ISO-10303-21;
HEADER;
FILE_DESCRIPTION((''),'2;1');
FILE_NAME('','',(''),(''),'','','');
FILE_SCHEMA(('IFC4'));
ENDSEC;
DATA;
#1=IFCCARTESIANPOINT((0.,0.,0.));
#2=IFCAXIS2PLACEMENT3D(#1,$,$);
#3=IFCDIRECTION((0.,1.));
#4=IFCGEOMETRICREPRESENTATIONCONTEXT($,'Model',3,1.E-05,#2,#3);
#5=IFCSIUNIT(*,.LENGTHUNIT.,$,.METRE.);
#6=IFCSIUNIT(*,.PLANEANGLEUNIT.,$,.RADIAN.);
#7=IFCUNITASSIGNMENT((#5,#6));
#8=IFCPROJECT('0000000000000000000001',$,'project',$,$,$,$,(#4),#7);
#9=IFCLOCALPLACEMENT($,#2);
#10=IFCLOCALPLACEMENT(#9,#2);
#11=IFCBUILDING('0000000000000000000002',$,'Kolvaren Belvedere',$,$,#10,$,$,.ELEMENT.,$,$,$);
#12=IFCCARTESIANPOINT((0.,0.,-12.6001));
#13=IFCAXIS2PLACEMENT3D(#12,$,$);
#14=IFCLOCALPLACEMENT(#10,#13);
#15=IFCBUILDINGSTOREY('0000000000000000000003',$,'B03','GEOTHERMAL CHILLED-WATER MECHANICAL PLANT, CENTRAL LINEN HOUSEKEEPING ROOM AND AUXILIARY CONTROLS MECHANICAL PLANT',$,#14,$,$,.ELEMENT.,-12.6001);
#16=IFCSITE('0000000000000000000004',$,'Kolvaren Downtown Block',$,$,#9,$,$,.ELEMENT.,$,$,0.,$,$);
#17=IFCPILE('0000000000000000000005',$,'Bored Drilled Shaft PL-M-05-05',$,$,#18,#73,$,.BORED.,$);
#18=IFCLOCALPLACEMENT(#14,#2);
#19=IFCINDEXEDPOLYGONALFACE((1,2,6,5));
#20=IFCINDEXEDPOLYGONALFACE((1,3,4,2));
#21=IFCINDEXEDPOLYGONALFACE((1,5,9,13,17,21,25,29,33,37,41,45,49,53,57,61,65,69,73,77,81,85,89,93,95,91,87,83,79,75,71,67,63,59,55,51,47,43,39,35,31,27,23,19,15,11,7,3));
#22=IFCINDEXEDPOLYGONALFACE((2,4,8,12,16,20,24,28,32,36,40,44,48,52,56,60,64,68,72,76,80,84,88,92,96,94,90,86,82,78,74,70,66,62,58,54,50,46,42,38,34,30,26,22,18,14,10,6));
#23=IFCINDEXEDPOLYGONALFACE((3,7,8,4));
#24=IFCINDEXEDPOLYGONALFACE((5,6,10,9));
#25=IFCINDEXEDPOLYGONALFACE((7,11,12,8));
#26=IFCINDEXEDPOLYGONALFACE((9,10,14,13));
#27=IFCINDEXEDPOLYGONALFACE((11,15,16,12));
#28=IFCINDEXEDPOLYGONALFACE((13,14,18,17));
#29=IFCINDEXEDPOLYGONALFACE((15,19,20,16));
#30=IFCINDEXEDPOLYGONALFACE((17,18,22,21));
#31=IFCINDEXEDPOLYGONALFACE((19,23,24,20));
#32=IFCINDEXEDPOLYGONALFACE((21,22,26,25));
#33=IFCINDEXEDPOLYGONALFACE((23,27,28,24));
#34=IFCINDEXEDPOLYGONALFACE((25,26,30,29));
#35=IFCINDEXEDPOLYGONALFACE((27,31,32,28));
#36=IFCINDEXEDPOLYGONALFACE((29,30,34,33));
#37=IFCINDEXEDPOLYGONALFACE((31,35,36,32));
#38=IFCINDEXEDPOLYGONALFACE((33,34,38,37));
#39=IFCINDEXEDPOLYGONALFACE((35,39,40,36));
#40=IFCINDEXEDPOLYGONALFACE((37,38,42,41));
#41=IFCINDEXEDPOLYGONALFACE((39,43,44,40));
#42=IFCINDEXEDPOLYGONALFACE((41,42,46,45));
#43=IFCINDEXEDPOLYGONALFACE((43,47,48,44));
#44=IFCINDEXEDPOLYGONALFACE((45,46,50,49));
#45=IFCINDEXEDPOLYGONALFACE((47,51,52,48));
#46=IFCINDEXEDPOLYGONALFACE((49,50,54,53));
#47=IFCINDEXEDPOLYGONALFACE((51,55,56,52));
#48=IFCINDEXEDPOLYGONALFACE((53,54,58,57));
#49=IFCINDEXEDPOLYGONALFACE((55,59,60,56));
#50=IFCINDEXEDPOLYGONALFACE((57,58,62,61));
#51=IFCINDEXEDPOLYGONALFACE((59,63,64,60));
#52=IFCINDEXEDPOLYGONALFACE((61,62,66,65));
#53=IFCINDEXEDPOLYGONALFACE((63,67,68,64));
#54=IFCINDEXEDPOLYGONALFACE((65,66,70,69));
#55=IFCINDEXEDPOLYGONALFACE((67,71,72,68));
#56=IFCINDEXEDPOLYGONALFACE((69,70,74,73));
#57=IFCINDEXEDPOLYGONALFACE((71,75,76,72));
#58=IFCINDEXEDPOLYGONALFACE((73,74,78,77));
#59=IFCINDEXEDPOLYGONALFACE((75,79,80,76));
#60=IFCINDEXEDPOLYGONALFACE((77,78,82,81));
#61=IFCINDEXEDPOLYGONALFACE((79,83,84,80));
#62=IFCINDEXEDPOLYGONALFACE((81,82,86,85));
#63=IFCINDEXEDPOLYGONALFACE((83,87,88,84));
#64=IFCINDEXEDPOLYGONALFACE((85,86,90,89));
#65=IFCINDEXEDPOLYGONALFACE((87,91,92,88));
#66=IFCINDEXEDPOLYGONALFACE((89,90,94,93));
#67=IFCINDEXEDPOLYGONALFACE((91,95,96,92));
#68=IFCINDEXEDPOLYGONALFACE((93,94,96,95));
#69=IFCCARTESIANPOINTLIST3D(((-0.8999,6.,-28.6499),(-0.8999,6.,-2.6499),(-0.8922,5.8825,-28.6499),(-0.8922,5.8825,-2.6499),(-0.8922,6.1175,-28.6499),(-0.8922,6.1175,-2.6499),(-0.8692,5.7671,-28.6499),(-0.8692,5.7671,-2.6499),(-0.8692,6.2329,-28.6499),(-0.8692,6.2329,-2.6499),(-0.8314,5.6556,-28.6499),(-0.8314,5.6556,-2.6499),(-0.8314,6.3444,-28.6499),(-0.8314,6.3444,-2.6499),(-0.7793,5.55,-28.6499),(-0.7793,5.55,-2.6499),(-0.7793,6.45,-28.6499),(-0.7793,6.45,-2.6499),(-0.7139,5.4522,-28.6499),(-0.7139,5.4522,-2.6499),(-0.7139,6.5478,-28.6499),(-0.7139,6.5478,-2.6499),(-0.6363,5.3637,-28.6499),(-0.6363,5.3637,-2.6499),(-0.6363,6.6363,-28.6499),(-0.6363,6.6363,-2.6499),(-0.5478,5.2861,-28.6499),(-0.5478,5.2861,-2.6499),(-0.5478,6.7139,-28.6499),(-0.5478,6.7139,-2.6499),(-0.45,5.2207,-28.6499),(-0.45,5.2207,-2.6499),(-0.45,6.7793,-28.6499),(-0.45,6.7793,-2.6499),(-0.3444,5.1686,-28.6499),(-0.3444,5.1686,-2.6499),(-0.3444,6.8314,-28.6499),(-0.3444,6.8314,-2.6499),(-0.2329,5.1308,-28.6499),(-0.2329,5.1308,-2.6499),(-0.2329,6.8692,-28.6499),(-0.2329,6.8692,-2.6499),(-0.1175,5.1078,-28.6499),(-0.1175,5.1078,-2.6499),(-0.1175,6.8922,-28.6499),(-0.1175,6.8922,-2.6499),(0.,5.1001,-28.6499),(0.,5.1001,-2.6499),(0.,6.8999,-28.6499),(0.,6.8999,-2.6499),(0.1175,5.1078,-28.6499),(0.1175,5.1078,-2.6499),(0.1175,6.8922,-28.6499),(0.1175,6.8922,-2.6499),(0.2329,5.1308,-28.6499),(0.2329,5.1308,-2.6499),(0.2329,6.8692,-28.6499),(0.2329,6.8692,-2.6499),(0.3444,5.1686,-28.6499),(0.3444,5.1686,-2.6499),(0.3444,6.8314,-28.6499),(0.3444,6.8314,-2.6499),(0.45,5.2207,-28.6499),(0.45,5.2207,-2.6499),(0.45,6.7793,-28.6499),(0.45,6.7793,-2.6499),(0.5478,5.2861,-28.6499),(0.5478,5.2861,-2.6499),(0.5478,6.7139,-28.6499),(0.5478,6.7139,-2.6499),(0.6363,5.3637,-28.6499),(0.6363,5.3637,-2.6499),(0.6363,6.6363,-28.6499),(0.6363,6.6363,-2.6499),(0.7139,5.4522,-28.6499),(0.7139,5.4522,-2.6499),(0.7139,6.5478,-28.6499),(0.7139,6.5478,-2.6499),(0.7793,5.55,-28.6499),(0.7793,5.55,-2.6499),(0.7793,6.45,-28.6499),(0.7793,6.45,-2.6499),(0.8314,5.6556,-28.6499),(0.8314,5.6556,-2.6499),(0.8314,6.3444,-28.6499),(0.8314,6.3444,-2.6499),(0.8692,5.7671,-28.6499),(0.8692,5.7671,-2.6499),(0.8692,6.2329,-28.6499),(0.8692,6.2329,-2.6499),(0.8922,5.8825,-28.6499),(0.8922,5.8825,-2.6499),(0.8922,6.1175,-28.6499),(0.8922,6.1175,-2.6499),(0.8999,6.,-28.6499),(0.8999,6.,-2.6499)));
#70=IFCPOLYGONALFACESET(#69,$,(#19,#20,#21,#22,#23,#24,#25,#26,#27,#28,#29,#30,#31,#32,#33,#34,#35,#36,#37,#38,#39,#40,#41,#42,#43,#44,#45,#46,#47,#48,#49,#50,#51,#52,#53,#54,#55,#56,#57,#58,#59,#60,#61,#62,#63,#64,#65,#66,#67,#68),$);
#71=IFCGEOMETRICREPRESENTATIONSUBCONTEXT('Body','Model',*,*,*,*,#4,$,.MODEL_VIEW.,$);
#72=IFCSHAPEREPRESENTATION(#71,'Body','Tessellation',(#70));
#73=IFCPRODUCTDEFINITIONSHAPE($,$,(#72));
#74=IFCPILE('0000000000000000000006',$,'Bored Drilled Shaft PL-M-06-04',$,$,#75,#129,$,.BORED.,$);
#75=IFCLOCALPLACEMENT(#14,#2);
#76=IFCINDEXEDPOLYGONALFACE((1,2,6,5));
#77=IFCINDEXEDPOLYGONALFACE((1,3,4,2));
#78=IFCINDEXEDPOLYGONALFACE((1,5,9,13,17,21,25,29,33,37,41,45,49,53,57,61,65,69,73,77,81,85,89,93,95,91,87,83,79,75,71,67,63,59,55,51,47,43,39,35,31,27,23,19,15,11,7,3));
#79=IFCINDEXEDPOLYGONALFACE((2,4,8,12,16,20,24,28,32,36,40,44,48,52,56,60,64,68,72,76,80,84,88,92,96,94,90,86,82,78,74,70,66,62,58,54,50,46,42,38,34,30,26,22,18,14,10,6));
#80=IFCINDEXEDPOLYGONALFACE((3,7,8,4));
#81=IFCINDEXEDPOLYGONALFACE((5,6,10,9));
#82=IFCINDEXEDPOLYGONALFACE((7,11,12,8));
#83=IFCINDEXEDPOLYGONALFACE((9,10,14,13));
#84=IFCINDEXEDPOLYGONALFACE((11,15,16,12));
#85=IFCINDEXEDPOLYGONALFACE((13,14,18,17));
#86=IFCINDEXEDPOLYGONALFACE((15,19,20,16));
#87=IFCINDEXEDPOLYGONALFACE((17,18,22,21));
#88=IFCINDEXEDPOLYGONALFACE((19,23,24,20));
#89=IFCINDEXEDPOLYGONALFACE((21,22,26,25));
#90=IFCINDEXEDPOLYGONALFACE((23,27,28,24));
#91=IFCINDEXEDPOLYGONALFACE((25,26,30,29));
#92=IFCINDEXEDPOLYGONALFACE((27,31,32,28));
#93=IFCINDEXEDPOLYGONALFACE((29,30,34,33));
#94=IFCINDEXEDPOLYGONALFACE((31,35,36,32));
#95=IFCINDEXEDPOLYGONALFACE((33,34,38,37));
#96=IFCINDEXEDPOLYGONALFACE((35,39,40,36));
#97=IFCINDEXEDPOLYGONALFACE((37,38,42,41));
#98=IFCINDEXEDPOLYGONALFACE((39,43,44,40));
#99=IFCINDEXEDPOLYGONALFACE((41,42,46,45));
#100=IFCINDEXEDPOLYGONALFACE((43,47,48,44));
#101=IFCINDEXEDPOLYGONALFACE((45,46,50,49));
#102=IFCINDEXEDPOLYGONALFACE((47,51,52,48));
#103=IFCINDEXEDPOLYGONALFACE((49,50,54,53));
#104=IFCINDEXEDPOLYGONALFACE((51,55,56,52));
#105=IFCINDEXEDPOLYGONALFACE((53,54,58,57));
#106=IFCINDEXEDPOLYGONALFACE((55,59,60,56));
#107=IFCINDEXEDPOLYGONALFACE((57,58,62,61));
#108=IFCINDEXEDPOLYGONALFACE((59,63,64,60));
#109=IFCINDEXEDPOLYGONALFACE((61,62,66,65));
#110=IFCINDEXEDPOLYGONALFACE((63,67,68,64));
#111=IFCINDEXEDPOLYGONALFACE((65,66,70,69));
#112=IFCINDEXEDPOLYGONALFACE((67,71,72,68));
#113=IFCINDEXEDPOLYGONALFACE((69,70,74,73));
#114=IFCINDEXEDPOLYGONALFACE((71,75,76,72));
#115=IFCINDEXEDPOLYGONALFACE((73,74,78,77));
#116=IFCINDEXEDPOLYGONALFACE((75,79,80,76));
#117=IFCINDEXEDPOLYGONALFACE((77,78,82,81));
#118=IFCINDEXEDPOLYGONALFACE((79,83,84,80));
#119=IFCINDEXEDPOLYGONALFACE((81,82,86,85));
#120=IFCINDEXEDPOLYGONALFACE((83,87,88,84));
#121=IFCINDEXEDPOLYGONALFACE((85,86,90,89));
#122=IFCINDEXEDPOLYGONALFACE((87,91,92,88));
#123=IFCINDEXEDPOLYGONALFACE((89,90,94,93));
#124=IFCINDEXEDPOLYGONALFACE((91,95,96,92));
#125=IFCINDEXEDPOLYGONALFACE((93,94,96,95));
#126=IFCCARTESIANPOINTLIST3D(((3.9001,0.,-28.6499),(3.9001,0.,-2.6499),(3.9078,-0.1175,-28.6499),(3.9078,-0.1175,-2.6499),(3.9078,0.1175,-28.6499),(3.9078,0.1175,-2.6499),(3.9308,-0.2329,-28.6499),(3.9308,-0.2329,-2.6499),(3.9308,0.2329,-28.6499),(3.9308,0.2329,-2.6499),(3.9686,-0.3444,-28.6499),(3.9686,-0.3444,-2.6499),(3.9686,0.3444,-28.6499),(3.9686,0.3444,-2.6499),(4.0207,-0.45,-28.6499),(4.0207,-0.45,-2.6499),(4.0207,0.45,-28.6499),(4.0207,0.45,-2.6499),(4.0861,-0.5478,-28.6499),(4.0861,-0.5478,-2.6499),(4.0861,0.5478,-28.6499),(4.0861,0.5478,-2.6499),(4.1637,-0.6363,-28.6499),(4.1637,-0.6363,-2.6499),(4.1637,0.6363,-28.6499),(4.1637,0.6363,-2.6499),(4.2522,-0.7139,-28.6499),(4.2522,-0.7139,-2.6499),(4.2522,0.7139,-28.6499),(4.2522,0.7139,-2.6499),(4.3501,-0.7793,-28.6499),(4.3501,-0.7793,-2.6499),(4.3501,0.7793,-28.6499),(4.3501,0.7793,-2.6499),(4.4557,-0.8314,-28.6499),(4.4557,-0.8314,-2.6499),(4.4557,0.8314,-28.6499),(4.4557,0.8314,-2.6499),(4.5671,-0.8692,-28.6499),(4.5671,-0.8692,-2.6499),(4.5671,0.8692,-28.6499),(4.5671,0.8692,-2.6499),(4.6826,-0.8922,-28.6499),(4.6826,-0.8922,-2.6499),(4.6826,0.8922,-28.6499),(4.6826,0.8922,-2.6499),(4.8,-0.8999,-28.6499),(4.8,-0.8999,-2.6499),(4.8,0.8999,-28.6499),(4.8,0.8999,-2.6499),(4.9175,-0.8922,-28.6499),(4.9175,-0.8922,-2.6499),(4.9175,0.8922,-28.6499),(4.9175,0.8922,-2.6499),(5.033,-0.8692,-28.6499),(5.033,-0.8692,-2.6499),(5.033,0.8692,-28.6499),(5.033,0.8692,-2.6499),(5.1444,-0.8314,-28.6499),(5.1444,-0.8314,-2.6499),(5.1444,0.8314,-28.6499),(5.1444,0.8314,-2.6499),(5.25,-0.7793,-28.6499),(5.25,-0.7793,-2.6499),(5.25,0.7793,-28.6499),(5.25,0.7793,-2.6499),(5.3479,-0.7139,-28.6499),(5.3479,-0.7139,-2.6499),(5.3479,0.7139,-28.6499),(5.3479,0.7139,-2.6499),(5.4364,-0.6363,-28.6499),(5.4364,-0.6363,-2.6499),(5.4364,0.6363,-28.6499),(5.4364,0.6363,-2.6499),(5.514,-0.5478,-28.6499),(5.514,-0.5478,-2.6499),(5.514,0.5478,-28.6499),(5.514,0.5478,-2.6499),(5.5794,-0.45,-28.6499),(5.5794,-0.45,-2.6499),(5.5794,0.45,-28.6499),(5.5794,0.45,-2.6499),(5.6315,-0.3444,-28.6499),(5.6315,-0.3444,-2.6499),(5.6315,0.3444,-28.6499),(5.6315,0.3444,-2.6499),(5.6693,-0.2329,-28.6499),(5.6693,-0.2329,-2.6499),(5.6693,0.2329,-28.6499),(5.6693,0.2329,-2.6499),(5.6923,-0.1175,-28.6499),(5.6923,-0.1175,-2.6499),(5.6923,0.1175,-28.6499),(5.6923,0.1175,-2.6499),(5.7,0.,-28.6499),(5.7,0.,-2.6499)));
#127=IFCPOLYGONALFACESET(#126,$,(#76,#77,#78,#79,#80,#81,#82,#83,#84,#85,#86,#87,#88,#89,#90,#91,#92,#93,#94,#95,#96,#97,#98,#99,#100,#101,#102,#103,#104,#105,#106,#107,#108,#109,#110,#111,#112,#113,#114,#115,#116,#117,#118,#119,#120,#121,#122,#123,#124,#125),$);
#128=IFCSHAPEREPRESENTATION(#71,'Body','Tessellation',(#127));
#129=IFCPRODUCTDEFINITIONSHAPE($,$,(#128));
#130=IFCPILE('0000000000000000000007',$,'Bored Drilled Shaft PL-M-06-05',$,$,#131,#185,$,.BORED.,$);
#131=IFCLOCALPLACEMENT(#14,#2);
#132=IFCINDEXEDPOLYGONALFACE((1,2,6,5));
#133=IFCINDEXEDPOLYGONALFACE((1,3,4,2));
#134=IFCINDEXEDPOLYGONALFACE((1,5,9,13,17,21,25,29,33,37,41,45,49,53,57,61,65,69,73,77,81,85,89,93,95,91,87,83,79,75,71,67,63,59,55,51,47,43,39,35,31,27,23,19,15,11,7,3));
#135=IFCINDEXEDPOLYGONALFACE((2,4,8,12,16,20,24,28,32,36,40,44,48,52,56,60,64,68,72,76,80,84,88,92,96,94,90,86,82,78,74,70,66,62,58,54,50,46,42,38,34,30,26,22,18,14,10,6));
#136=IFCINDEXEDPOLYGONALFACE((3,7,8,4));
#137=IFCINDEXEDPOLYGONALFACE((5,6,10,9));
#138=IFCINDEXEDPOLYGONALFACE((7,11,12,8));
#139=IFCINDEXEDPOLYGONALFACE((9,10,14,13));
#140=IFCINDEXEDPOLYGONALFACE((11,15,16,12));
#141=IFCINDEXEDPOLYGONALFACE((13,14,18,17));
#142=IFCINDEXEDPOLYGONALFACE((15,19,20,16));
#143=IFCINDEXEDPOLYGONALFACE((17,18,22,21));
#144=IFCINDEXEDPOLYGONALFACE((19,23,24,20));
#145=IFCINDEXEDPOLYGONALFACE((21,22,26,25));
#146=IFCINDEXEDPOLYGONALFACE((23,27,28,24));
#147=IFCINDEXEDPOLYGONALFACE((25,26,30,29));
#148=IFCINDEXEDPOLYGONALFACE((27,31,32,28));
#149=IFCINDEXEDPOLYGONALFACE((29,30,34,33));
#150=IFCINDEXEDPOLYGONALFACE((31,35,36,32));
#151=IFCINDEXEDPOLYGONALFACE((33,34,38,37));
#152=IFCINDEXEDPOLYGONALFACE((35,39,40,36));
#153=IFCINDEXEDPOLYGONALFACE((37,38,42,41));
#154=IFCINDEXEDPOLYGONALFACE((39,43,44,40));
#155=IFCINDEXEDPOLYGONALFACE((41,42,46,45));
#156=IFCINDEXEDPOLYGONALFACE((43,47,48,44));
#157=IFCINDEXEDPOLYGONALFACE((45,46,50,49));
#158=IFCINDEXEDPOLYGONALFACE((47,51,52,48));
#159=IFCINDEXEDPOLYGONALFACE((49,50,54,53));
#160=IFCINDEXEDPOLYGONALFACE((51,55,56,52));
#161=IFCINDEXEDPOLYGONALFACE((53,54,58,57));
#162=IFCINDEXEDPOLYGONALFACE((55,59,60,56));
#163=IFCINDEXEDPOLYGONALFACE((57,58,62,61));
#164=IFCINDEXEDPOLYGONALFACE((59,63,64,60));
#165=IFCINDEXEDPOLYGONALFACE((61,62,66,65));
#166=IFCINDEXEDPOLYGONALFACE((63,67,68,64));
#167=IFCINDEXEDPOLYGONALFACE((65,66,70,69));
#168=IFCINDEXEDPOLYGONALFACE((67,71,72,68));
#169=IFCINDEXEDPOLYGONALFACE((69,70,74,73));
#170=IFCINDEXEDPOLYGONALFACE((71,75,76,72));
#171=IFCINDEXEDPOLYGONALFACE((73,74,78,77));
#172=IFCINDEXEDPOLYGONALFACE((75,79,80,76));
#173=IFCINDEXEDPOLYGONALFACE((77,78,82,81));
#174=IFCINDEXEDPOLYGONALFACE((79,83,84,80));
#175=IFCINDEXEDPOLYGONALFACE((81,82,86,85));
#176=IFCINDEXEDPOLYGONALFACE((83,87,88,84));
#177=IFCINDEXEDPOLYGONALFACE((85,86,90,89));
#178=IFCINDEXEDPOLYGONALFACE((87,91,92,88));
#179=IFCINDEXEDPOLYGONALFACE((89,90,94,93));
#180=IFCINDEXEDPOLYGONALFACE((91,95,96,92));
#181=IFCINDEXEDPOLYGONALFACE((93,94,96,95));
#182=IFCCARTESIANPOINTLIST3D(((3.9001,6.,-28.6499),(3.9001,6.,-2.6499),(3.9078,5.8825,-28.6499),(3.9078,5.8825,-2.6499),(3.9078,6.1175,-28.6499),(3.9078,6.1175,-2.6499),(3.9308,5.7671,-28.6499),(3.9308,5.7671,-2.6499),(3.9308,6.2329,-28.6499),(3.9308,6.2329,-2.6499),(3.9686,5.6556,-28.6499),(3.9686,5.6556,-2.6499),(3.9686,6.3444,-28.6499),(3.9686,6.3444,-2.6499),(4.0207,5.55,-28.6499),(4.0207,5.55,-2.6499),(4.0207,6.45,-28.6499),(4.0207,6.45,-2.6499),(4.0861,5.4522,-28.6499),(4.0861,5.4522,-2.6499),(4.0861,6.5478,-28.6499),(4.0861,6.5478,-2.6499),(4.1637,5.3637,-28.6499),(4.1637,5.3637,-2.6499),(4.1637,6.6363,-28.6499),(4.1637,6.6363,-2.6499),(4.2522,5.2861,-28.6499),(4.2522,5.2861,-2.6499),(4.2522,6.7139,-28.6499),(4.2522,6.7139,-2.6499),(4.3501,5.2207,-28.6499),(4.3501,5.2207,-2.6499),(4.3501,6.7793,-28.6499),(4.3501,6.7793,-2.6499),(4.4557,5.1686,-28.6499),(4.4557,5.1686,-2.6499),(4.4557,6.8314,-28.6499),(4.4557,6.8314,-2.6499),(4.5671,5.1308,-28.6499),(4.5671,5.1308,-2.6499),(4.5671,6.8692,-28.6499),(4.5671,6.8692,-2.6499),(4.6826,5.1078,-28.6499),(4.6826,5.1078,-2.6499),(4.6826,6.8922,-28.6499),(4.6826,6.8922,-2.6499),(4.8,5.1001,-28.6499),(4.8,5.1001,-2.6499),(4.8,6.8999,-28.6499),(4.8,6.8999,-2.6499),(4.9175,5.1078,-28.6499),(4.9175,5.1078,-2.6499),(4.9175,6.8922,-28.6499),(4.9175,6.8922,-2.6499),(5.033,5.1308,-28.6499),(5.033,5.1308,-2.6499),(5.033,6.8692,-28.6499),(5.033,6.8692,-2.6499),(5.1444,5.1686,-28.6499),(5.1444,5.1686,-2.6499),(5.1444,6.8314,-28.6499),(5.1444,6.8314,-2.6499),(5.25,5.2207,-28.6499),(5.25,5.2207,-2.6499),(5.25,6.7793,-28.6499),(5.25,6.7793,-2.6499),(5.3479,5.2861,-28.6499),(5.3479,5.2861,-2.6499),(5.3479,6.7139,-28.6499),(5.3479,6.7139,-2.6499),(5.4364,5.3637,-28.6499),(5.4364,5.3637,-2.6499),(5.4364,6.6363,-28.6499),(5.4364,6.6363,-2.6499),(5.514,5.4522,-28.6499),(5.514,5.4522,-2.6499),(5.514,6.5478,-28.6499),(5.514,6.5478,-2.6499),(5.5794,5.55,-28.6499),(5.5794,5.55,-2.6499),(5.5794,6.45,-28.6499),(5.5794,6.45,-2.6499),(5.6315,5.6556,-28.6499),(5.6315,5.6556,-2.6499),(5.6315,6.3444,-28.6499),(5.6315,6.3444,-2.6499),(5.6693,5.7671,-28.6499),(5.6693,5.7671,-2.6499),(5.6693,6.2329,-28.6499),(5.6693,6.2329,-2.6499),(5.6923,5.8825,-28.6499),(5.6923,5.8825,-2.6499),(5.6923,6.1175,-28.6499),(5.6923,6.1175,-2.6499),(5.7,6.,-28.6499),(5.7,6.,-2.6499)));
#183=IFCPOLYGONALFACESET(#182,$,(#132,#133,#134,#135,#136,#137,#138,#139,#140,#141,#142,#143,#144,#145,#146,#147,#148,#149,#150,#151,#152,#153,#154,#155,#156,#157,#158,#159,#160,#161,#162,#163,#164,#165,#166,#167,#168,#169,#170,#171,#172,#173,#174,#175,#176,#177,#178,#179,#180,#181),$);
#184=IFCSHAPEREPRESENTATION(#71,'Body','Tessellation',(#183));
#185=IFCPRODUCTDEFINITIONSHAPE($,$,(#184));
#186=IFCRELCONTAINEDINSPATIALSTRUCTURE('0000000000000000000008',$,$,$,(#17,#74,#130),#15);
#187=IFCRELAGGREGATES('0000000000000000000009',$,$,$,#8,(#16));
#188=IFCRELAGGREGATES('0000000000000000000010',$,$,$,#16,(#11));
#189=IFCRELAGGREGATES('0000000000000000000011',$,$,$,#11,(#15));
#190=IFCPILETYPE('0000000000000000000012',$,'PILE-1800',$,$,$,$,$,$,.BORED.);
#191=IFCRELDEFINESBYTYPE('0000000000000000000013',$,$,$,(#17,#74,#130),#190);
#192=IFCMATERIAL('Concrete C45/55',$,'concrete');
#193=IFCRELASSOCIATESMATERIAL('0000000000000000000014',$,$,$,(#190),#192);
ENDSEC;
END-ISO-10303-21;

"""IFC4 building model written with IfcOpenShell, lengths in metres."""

from ifc_helpers import new_model, si_unit, direction, frame, origin, origin_2d, place, context, subcontext, project, spatial, circle, extrude, material, material_profile, profile_set, type_object, element, save


model = new_model("IFC4")

# Units and contexts
model_context = context("Model", 3, precision=1e-05, world=origin(), true_north=direction((0.0, 1.0)))
body_context = subcontext(model_context, "Body", "Model", "MODEL_VIEW")
ifc_project = project(units=[si_unit("LENGTHUNIT", "METRE"), si_unit("PLANEANGLEUNIT", "RADIAN")], contexts=[model_context])

# Site, building, storey
site_placement = place(None, origin())
site = spatial("IfcSite", under=ifc_project, at=site_placement, Name="Kolvaren Downtown Block", CompositionType="ELEMENT", RefElevation=0.0)
building_placement = place(site_placement, origin())
building = spatial("IfcBuilding", under=site, at=building_placement, Name="Kolvaren Belvedere", CompositionType="ELEMENT")
storey_placement = place(building_placement, frame((0.0, 0.0, -12.6001)))
storey = spatial("IfcBuildingStorey", under=building, at=storey_placement, Name="B03", Description="GEOTHERMAL CHILLED-WATER MECHANICAL PLANT, CENTRAL LINEN HOUSEKEEPING ROOM AND AUXILIARY CONTROLS MECHANICAL PLANT", CompositionType="ELEMENT", Elevation=-12.6001)

# Piles
ifc_material_1 = material(Name="Concrete C45/55", Category="concrete")
ifc_material_profile = material_profile(ifc_material_1, circle(Radius=0.8999, at=origin_2d()), Name="BORED PILE D1800")
ifc_profile_set = profile_set([ifc_material_profile], Name="Concrete C45/55")
pile_type = type_object("IfcPileType", Name="PILE-1800", PredefinedType="BORED", material=ifc_profile_set)
for number, where, z_axis, x_axis, name in (
    (1, (0.0, 6.0, -2.6499), (0.0, 0.0, -1.0), (1.0, 0.0, 0.0), "Bored Drilled Shaft PL-M-05-05"),
    (2, (4.8, 0.0, -2.6499), (0.0, 0.0, -1.0), (1.0, 0.0, 0.0), "Bored Drilled Shaft PL-M-06-04"),
    (3, (4.8, 6.0, -2.6499), (0.0, 0.0, -1.0), (1.0, 0.0, 0.0), "Bored Drilled Shaft PL-M-06-05"),
):
    element("IfcPile", number, at=place(storey_placement, frame(where, z_axis=z_axis, x_axis=x_axis)), inside=storey, type_object=pile_type, Name=name, PredefinedType="BORED", context=body_context, shape_type="SweptSolid", body=[
        extrude(circle(Radius=0.8999, at=origin_2d()), origin(), (0.0, 0.0, 1.0), 26.0),
    ])

save(model, "model.ifc")
